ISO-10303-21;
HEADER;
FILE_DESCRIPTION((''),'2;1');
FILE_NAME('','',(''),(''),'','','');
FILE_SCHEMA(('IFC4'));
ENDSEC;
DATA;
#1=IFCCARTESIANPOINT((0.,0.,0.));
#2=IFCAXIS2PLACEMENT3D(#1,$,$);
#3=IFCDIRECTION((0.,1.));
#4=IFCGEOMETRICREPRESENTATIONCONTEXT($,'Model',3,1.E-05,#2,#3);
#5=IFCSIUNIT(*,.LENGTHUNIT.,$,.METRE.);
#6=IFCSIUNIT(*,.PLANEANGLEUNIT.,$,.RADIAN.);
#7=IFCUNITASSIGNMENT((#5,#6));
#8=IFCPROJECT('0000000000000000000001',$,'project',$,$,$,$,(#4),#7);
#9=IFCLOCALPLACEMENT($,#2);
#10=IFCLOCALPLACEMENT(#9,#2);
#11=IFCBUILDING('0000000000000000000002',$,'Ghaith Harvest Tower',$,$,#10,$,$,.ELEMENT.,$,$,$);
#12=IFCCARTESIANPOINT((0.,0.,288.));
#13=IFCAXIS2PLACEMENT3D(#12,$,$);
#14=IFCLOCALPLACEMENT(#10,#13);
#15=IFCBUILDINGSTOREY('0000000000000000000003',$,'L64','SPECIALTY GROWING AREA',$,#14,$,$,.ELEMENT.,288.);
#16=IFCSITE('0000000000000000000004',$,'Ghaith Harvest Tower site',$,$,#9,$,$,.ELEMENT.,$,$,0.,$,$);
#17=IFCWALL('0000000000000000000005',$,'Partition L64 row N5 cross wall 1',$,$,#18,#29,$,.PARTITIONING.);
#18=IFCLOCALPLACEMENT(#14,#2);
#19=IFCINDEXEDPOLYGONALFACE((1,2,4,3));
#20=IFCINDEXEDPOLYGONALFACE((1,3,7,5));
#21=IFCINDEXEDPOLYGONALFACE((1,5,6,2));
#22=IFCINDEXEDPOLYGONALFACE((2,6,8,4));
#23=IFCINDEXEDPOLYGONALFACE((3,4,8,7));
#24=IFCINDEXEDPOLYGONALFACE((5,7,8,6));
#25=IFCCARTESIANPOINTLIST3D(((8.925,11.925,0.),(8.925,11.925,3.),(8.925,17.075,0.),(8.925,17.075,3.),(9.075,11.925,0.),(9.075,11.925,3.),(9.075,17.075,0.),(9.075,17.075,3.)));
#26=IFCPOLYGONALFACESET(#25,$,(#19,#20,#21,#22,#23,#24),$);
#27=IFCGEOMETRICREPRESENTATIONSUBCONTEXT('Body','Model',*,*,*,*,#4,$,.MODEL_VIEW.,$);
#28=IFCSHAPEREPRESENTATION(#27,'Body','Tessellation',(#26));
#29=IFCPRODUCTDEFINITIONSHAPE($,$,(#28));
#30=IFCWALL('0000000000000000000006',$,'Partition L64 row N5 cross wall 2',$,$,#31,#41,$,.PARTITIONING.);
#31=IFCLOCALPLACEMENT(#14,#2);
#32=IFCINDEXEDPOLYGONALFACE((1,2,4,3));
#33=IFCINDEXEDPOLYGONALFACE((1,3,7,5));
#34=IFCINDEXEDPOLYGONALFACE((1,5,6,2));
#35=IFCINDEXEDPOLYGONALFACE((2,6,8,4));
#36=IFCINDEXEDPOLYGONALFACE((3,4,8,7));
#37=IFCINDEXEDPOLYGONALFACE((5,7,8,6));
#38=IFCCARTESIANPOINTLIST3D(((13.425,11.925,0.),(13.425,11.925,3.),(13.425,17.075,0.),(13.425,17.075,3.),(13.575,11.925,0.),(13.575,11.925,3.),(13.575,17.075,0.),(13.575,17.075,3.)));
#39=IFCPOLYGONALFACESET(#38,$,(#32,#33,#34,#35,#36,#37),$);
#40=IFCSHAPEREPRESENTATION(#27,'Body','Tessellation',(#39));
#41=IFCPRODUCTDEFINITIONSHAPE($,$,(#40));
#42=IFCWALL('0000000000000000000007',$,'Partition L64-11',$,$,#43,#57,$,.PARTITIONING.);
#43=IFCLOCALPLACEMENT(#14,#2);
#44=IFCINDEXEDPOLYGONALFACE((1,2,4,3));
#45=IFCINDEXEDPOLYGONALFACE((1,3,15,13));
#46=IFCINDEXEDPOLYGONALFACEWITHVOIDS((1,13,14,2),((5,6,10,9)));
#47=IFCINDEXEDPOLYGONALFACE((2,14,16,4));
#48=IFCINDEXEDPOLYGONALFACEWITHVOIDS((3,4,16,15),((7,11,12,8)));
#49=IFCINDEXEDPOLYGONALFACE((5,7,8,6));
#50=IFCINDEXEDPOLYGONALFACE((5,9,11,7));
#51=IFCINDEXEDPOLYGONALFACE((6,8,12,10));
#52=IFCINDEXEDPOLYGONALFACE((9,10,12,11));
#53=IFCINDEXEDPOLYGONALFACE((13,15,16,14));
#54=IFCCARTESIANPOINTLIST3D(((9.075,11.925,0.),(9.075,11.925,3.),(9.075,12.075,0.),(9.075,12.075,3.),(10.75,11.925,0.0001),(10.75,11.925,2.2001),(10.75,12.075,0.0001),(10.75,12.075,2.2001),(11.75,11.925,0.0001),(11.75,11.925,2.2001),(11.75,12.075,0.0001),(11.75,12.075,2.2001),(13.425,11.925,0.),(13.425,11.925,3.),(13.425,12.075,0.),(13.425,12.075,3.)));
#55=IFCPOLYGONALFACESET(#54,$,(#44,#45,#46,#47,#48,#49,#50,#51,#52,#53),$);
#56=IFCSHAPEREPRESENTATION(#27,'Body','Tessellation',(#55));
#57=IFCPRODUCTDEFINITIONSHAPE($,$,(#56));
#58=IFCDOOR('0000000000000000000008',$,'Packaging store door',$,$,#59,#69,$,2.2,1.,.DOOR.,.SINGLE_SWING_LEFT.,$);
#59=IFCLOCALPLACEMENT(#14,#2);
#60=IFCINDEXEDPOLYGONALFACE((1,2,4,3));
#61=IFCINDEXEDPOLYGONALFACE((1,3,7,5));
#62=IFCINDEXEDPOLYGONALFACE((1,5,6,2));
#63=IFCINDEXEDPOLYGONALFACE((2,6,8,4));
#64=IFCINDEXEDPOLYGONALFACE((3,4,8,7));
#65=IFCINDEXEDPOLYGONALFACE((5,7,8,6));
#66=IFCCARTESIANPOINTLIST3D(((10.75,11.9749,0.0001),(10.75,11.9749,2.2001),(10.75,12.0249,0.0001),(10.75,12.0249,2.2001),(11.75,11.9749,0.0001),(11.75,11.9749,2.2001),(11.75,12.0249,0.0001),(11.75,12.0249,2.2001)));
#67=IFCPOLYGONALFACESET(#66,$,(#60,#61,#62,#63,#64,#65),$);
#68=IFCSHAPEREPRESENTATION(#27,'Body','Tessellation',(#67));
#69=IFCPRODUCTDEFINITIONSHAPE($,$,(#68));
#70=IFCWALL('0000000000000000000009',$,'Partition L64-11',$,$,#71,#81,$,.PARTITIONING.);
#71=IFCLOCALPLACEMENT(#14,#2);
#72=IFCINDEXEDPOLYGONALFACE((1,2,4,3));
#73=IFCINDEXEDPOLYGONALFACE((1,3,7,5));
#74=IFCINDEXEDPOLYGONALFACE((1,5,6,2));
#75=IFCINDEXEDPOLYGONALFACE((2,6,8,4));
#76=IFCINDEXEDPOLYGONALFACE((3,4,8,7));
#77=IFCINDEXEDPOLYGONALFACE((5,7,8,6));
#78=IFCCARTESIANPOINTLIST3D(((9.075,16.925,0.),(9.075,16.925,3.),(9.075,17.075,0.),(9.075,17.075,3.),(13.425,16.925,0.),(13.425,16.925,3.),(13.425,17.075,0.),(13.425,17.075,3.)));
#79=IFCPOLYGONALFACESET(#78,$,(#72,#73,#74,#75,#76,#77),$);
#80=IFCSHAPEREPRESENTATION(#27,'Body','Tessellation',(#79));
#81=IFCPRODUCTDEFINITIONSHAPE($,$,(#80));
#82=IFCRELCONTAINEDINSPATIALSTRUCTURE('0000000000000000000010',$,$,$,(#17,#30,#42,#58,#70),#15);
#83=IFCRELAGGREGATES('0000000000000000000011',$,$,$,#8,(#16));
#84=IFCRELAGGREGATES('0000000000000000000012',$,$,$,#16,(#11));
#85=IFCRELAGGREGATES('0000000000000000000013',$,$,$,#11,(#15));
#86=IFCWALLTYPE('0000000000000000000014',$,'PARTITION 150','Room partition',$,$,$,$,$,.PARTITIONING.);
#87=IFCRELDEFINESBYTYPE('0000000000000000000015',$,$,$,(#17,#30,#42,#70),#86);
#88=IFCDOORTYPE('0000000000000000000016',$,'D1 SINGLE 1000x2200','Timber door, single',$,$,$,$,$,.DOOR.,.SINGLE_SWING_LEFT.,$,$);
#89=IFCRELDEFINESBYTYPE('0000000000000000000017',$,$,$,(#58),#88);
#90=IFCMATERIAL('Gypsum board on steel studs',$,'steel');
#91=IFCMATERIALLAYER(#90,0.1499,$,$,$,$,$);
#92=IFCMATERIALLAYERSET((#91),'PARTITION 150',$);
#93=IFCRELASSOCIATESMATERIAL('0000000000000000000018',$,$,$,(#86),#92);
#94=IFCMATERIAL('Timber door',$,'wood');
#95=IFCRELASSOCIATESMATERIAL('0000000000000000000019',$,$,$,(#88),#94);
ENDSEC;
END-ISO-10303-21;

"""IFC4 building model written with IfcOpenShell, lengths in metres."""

from ifc_helpers import new_model, si_unit, direction, frame, frame_2d, origin, place, context, subcontext, project, spatial, rectangle, extrude, material, layer, layer_set, type_object, element, fill, save


model = new_model("IFC4")

# Units and contexts
model_context = context("Model", 3, precision=1e-05, world=origin(), true_north=direction((0.0, 1.0)))
body_context = subcontext(model_context, "Body", "Model", "MODEL_VIEW")
ifc_project = project(units=[si_unit("LENGTHUNIT", "METRE"), si_unit("PLANEANGLEUNIT", "RADIAN")], contexts=[model_context])

# Site, building, storey
site_placement = place(None, origin())
site = spatial("IfcSite", under=ifc_project, at=site_placement, Name="Ghaith Harvest Tower site", CompositionType="ELEMENT", RefElevation=0.0)
building_placement = place(site_placement, origin())
building = spatial("IfcBuilding", under=site, at=building_placement, Name="Ghaith Harvest Tower", CompositionType="ELEMENT")
storey_placement = place(building_placement, frame((0.0, 0.0, 288.0)))
storey = spatial("IfcBuildingStorey", under=building, at=storey_placement, Name="L64", Description="SPECIALTY GROWING AREA", CompositionType="ELEMENT", Elevation=288.0)

# Walls
ifc_material_1 = material(Name="Gypsum board on steel studs", Category="steel")
ifc_layer_1 = layer(ifc_material_1, 0.1499)
ifc_layer_set_1 = layer_set([ifc_layer_1], Name="PARTITION 150")
wall_type = type_object("IfcWallType", Name="PARTITION 150", Description="Room partition", PredefinedType="PARTITIONING", material=ifc_layer_set_1)
for number, where, z_axis, x_axis, name in (
    (1, (9.0, 11.925, 0.0), (0.0, 0.0, 1.0), (0.0, 1.0, 0.0), "Partition L64 row N5 cross wall 1"),
    (2, (13.5, 11.925, 0.0), (0.0, 0.0, 1.0), (0.0, 1.0, 0.0), "Partition L64 row N5 cross wall 2"),
):
    element("IfcWall", number, at=place(storey_placement, frame(where, z_axis=z_axis, x_axis=x_axis)), inside=storey, type_object=wall_type, Name=name, PredefinedType="PARTITIONING", context=body_context, shape_type="SweptSolid", body=[
        extrude(rectangle(XDim=5.1499, YDim=0.1499, at=frame_2d((2.575, 0.0))), origin(), (0.0, 0.0, 1.0), 3.0),
    ])

# Wall, opening, door
wall_1_placement = place(storey_placement, frame((9.075, 12.0, 0.0), z_axis=(0.0, 0.0, 1.0), x_axis=(1.0, 0.0, 0.0)))
wall_1 = element("IfcWall", 3, at=wall_1_placement, inside=storey, type_object=wall_type, Name="Partition L64-11", PredefinedType="PARTITIONING", context=body_context, shape_type="SweptSolid", body=[
    extrude(rectangle(XDim=4.3501, YDim=0.1499, at=frame_2d((2.175, 0.0))), origin(), (0.0, 0.0, 1.0), 3.0),
])
opening_placement = place(wall_1_placement, frame((1.675, 0.0, 0.0)))
opening = element("IfcOpeningElement", 4, at=opening_placement, cuts=wall_1, PredefinedType="OPENING", context=body_context, shape_type="SweptSolid", body=[
    extrude(rectangle(XDim=1.0, YDim=2.2, at=frame_2d((0.5, 1.1001))), frame((0.0, 0.085, 0.0), z_axis=(0.0, -1.0, 0.0), x_axis=(1.0, 0.0, 0.0)), (0.0, 0.0, 1.0), 0.1699),
])
ifc_material_2 = material(Name="Timber door", Category="wood")
door_type = type_object("IfcDoorType", Name="D1 SINGLE 1000x2200", Description="Timber door, single", OperationType="SINGLE_SWING_LEFT", PredefinedType="DOOR", material=ifc_material_2)
door_placement = place(opening_placement, origin())
door = element("IfcDoor", 5, at=door_placement, inside=storey, type_object=door_type, Name="Packaging store door", OperationType="SINGLE_SWING_LEFT", OverallHeight=2.2, OverallWidth=1.0, PredefinedType="DOOR", context=body_context, shape_type="SweptSolid", body=[
    extrude(rectangle(XDim=1.0, YDim=2.2, at=frame_2d((0.5, 1.1001))), frame((0.0, 0.0249, 0.0), z_axis=(0.0, -1.0, 0.0), x_axis=(1.0, 0.0, 0.0)), (0.0, 0.0, 1.0), 0.05),
])
fill(opening, door)

# Wall
wall_2_placement = place(storey_placement, frame((9.075, 17.0, 0.0), z_axis=(0.0, 0.0, 1.0), x_axis=(1.0, 0.0, 0.0)))
element("IfcWall", 6, at=wall_2_placement, inside=storey, type_object=wall_type, Name="Partition L64-11", PredefinedType="PARTITIONING", context=body_context, shape_type="SweptSolid", body=[
    extrude(rectangle(XDim=4.3501, YDim=0.1499, at=frame_2d((2.175, 0.0))), origin(), (0.0, 0.0, 1.0), 3.0),
])

save(model, "model.ifc")
